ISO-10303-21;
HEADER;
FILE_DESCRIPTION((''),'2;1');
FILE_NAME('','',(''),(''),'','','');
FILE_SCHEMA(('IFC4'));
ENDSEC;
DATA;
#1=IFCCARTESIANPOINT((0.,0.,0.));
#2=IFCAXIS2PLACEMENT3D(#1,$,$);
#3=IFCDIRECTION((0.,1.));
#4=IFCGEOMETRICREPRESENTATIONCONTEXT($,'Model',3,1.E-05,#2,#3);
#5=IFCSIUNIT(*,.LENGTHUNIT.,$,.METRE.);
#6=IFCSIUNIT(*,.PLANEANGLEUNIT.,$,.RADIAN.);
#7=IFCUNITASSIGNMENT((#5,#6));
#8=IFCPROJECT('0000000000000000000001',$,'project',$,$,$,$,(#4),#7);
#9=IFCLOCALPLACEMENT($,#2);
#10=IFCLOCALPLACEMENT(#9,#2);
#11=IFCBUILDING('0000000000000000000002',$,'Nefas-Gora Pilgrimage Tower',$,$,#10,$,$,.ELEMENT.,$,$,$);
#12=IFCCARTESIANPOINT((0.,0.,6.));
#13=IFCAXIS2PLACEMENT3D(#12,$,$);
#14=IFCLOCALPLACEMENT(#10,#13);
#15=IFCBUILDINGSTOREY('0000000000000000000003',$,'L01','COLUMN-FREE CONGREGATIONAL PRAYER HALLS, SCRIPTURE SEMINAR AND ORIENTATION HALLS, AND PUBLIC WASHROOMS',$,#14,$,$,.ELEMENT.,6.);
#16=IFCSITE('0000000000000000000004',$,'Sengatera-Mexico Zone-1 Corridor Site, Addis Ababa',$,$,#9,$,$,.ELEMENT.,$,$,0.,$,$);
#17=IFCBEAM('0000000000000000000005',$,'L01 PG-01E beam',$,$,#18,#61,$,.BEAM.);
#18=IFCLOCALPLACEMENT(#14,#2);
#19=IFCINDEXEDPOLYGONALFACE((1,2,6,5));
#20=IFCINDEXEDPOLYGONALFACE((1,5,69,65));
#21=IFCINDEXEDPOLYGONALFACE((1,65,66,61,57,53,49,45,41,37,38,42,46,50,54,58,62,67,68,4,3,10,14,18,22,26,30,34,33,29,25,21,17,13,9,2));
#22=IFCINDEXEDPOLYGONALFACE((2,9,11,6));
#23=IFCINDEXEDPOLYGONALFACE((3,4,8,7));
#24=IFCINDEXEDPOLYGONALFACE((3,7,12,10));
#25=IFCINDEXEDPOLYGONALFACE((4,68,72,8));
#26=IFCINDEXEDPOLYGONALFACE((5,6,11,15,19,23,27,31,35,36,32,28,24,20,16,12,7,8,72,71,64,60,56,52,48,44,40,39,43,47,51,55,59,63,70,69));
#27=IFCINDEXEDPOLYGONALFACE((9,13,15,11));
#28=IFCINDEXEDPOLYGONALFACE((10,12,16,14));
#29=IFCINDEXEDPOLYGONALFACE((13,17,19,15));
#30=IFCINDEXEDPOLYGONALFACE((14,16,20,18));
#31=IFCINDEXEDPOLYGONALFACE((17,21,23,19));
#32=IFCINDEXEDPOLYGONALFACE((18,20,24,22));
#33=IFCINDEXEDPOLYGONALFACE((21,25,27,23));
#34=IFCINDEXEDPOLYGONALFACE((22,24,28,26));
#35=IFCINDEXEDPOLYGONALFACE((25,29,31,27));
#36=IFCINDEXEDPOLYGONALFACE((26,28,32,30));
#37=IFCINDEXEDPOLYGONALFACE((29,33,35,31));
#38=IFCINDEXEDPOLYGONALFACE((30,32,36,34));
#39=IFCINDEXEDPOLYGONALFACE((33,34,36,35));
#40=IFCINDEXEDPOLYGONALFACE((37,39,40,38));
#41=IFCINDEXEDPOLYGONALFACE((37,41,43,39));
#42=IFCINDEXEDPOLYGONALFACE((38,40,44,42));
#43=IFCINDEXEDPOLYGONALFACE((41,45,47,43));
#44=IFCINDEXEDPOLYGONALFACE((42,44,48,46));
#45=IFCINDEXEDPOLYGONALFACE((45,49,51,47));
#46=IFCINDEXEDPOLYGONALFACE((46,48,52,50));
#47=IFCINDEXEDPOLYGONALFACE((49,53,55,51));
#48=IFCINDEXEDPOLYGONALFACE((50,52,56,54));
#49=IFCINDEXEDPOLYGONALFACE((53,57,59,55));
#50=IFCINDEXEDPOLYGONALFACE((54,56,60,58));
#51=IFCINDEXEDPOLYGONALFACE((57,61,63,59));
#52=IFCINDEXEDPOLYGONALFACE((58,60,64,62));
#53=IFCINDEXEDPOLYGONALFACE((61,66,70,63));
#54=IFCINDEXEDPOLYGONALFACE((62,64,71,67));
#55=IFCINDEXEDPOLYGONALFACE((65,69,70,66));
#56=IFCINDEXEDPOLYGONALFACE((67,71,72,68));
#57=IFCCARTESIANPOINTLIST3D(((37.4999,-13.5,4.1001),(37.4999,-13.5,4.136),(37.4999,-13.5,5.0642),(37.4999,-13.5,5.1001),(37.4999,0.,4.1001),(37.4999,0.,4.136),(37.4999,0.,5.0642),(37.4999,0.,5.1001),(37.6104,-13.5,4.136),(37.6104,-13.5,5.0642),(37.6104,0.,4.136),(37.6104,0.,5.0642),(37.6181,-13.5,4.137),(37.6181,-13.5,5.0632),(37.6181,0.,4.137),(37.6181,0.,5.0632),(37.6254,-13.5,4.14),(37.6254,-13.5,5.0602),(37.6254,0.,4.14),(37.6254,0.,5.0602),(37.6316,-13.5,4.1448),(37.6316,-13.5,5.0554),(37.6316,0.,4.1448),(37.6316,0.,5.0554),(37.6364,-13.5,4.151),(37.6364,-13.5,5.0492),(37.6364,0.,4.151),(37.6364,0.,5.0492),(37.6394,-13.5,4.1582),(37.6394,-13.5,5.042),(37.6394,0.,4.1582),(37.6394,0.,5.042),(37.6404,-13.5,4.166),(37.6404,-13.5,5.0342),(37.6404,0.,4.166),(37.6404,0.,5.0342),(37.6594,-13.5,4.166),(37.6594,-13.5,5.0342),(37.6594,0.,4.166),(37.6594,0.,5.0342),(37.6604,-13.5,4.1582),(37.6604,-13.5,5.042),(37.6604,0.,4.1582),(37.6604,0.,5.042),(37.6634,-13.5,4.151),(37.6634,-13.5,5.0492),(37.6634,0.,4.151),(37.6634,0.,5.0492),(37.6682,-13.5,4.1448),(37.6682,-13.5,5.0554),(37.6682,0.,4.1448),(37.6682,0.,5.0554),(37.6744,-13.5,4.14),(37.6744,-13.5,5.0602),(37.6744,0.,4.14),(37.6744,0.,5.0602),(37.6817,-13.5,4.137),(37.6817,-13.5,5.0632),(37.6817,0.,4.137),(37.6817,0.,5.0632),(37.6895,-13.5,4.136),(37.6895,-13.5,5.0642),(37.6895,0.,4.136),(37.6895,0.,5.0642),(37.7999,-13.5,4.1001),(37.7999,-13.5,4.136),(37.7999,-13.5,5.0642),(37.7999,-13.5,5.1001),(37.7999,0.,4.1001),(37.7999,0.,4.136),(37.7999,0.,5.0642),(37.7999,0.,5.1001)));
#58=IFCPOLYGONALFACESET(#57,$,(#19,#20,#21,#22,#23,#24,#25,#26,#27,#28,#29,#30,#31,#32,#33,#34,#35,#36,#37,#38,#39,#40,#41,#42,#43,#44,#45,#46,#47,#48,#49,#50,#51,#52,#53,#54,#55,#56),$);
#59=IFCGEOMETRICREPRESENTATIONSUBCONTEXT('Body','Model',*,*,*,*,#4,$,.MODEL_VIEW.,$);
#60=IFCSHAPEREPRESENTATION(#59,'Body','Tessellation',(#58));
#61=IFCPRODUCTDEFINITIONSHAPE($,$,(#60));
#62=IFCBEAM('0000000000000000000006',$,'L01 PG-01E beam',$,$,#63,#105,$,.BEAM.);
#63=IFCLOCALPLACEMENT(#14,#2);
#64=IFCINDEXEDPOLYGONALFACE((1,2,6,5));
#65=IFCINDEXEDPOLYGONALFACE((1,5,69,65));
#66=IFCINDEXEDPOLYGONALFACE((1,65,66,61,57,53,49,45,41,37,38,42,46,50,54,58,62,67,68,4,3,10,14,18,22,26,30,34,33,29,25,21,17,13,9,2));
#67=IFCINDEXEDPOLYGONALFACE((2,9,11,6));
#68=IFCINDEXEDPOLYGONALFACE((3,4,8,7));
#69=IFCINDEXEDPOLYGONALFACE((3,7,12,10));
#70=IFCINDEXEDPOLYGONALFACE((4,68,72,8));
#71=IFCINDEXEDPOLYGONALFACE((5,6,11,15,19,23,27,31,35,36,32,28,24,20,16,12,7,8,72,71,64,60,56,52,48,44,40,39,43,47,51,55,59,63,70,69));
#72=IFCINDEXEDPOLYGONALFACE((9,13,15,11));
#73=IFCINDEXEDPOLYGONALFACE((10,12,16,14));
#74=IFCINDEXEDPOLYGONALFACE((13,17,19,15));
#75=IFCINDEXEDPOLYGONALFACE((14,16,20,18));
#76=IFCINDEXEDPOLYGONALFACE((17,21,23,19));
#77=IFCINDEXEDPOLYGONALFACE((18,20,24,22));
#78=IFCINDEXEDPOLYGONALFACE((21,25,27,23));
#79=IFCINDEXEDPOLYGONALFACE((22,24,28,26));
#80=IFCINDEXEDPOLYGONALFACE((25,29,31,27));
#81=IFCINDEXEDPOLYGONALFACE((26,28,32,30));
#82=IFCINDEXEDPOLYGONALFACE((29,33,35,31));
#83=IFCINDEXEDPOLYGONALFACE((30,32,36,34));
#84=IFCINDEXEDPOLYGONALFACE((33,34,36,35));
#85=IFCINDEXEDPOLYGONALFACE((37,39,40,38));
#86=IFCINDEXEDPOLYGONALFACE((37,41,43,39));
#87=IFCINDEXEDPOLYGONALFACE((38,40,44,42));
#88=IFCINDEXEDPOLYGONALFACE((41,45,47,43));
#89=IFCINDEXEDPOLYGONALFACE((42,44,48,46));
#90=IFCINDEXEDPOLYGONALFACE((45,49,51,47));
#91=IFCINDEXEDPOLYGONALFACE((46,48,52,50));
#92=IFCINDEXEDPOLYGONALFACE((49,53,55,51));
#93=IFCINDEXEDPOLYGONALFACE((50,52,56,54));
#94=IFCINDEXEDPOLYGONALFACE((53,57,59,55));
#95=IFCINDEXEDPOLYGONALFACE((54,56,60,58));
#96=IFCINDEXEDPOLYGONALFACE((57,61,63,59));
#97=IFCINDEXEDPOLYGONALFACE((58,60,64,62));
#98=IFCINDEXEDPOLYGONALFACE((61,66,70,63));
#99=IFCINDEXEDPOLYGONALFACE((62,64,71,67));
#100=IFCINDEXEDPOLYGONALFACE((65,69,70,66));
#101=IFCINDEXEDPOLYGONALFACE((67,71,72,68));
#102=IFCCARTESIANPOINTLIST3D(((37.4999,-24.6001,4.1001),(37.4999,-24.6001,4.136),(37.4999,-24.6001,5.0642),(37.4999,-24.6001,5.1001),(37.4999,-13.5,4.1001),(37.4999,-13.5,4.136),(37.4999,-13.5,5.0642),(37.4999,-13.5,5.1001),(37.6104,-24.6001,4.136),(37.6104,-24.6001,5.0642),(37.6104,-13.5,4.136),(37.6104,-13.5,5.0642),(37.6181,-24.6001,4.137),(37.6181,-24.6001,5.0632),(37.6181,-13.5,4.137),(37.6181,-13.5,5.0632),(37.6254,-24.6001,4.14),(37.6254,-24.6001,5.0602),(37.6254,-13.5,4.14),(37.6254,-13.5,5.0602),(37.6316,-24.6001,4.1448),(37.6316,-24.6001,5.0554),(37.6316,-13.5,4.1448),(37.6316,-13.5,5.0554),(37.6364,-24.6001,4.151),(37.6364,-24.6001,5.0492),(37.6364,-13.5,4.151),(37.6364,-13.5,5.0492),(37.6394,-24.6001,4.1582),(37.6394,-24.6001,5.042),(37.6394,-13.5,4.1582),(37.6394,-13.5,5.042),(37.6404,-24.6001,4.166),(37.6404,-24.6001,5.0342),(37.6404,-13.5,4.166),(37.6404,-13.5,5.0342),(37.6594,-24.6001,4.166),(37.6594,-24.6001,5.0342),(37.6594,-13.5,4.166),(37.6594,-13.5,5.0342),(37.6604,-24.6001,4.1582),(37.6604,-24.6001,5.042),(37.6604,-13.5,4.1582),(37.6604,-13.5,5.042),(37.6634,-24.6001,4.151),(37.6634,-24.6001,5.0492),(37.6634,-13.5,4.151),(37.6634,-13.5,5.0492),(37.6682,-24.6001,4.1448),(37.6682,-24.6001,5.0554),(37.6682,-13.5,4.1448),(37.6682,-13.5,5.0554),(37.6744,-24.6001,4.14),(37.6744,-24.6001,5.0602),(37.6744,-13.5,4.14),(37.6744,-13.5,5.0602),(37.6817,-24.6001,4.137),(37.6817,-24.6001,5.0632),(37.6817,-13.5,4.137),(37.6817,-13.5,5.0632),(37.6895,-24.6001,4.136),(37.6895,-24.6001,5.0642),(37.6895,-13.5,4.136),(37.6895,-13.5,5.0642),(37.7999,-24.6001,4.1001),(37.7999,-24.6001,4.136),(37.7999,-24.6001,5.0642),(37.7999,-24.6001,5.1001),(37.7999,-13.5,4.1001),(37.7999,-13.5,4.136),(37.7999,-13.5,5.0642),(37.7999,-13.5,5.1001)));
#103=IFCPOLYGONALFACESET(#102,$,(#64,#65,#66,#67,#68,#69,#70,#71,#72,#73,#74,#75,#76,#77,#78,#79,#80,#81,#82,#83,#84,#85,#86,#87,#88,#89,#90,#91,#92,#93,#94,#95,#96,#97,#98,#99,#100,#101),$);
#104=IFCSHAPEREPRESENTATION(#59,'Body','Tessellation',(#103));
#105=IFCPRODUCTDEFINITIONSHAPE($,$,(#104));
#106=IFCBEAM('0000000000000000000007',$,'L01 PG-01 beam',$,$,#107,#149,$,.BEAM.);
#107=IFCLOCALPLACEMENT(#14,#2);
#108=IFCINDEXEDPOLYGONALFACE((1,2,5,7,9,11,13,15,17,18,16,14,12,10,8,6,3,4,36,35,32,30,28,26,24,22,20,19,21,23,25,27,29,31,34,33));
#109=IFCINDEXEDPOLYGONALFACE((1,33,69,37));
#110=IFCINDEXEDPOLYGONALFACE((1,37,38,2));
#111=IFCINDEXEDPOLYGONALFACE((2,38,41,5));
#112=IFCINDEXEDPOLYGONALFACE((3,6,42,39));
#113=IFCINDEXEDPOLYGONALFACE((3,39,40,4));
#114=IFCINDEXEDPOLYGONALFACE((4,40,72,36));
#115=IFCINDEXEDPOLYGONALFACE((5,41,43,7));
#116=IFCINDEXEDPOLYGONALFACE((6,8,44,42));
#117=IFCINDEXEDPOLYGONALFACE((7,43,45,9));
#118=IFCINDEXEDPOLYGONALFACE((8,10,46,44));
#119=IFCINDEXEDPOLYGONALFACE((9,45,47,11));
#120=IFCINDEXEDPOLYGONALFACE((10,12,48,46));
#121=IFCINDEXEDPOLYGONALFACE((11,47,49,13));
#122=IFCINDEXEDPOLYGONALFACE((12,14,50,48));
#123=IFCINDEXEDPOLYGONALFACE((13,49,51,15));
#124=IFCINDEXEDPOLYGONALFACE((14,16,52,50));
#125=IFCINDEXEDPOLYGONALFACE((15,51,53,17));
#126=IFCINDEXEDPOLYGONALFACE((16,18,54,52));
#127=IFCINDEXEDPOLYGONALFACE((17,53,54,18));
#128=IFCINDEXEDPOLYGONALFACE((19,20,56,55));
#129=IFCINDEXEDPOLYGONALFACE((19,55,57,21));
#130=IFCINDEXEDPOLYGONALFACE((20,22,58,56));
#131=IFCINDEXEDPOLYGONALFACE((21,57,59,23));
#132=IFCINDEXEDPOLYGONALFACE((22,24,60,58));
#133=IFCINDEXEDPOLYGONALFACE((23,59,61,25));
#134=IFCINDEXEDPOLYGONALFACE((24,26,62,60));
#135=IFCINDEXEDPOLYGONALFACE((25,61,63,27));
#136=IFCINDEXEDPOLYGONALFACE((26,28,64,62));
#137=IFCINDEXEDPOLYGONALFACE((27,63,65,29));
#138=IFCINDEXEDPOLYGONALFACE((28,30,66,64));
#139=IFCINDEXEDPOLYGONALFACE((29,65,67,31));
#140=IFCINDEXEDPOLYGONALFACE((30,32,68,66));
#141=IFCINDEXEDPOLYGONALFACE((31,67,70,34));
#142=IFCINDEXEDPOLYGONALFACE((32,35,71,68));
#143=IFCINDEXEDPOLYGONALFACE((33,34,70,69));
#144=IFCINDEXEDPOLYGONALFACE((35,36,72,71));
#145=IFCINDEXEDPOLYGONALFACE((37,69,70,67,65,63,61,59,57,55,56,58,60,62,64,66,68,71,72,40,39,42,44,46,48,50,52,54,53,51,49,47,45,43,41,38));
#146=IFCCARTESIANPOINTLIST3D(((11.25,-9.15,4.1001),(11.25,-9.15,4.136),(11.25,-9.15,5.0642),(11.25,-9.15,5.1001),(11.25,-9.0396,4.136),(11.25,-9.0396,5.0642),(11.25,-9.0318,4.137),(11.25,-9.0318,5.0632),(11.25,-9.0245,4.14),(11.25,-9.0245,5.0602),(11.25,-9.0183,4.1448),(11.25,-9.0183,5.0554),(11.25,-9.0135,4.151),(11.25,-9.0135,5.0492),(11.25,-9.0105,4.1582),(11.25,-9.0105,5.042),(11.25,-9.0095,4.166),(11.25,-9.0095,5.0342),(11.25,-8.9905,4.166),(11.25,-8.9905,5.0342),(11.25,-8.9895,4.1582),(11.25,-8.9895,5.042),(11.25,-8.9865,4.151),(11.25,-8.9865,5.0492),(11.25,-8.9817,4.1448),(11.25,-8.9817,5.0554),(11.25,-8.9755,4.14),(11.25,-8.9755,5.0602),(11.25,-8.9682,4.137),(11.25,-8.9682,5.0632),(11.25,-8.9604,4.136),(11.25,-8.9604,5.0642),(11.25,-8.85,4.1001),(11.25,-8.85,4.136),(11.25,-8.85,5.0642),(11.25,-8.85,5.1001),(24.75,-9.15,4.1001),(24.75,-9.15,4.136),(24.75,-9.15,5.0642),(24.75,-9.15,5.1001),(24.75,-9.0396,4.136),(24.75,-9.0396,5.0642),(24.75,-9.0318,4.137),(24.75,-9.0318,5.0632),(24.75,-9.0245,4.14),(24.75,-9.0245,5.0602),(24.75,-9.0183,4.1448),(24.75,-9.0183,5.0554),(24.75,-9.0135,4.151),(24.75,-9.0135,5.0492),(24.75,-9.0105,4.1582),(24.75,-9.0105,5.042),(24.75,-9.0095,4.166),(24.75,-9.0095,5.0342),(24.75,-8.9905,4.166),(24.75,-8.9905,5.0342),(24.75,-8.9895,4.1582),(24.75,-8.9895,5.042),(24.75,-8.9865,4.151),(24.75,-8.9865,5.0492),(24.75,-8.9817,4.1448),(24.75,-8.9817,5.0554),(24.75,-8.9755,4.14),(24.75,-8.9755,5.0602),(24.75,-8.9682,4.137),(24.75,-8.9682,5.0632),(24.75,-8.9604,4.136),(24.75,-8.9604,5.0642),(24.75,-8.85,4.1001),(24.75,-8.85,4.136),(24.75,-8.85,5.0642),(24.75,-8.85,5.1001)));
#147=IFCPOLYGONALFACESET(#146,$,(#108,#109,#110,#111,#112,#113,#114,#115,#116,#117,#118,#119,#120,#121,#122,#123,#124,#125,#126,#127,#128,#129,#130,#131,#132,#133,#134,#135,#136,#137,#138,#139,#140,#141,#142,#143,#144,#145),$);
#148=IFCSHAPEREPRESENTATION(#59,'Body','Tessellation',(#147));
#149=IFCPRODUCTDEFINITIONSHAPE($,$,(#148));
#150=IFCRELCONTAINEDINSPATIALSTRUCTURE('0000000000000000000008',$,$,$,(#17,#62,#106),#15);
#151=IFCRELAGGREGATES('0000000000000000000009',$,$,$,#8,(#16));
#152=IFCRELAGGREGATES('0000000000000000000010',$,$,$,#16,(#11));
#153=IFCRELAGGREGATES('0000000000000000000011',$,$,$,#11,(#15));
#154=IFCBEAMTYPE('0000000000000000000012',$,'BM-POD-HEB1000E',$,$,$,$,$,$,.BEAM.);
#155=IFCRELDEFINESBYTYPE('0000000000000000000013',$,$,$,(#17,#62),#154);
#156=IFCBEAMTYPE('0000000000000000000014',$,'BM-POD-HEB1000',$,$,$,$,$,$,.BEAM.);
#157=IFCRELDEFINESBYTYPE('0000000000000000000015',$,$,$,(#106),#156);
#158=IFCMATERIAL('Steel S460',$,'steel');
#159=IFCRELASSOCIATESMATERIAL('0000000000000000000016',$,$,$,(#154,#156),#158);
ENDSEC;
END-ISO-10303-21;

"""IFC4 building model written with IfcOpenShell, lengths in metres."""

from ifc_helpers import new_model, si_unit, direction, frame, origin, origin_2d, place, context, subcontext, project, spatial, i_section, extrude, source, transform, mapped, material, material_profile, profile_set, type_object, element, save


model = new_model("IFC4")

# Units and contexts
model_context = context("Model", 3, precision=1e-05, world=origin(), true_north=direction((0.0, 1.0)))
body_context = subcontext(model_context, "Body", "Model", "MODEL_VIEW")
ifc_project = project(units=[si_unit("LENGTHUNIT", "METRE"), si_unit("PLANEANGLEUNIT", "RADIAN")], contexts=[model_context])

# Site, building, storey
site_placement = place(None, origin())
site = spatial("IfcSite", under=ifc_project, at=site_placement, Name="Sengatera-Mexico Zone-1 Corridor Site, Addis Ababa", CompositionType="ELEMENT", RefElevation=0.0)
building_placement = place(site_placement, origin())
building = spatial("IfcBuilding", under=site, at=building_placement, Name="Nefas-Gora Pilgrimage Tower", CompositionType="ELEMENT")
storey_placement = place(building_placement, frame((0.0, 0.0, 6.0)))
storey = spatial("IfcBuildingStorey", under=building, at=storey_placement, Name="L01", Description="COLUMN-FREE CONGREGATIONAL PRAYER HALLS, SCRIPTURE SEMINAR AND ORIENTATION HALLS, AND PUBLIC WASHROOMS", CompositionType="ELEMENT", Elevation=6.0)

# Shared definitions
ifc_material_1 = material(Name="Steel S460", Category="steel")

# Beams
ifc_material_profile_1 = material_profile(ifc_material_1, i_section(OverallWidth=0.3, OverallDepth=1.0, WebThickness=0.019, FlangeThickness=0.0359, FilletRadius=0.03, at=origin_2d()), Name="HEB 1000")
ifc_profile_set_1 = profile_set([ifc_material_profile_1], Name="Steel S460")
beam_type_1 = type_object("IfcBeamType", Name="BM-POD-HEB1000E", PredefinedType="BEAM", material=ifc_profile_set_1)
shared_shape_1 = source(origin(), body_context, "Body", "SweptSolid", [
    extrude(i_section(OverallWidth=0.3, OverallDepth=1.0, WebThickness=0.019, FlangeThickness=0.0359, FilletRadius=0.03, at=origin_2d()), origin(), (0.0, 0.0, 1.0), 13.5),
])
beam_1_placement = place(storey_placement, frame((37.6499, -13.5, 4.6001), z_axis=(0.0, 1.0, 0.0), x_axis=(-1.0, 0.0, 0.0)))
element("IfcBeam", 1, at=beam_1_placement, inside=storey, type_object=beam_type_1, Name="L01 PG-01E beam", PredefinedType="BEAM", context=body_context, shape_type="MappedRepresentation", body=[
    mapped(shared_shape_1, transform((0.0, 0.0, 0.0), x_axis=(1.0, 0.0, 0.0), y_axis=(0.0, 1.0, 0.0), z_axis=(0.0, 0.0, 1.0), scale=1.0)),
])
shared_shape_2 = source(origin(), body_context, "Body", "SweptSolid", [
    extrude(i_section(OverallWidth=0.3, OverallDepth=1.0, WebThickness=0.019, FlangeThickness=0.0359, FilletRadius=0.03, at=origin_2d()), origin(), (0.0, 0.0, 1.0), 11.1001),
])
beam_2_placement = place(storey_placement, frame((37.6499, -24.6001, 4.6001), z_axis=(0.0, 1.0, 0.0), x_axis=(-1.0, 0.0, 0.0)))
element("IfcBeam", 2, at=beam_2_placement, inside=storey, type_object=beam_type_1, Name="L01 PG-01E beam", PredefinedType="BEAM", context=body_context, shape_type="MappedRepresentation", body=[
    mapped(shared_shape_2, transform((0.0, 0.0, 0.0), x_axis=(1.0, 0.0, 0.0), y_axis=(0.0, 1.0, 0.0), z_axis=(0.0, 0.0, 1.0), scale=1.0)),
])
ifc_material_profile_2 = material_profile(ifc_material_1, i_section(OverallWidth=0.3, OverallDepth=1.0, WebThickness=0.019, FlangeThickness=0.0359, FilletRadius=0.03, at=origin_2d()), Name="HEB 1000")
ifc_profile_set_2 = profile_set([ifc_material_profile_2], Name="Steel S460")
beam_type_2 = type_object("IfcBeamType", Name="BM-POD-HEB1000", PredefinedType="BEAM", material=ifc_profile_set_2)
shared_shape_3 = source(origin(), body_context, "Body", "SweptSolid", [
    extrude(i_section(OverallWidth=0.3, OverallDepth=1.0, WebThickness=0.019, FlangeThickness=0.0359, FilletRadius=0.03, at=origin_2d()), origin(), (0.0, 0.0, 1.0), 13.5),
])
beam_3_placement = place(storey_placement, frame((11.25, -9.0, 4.6001), z_axis=(1.0, 0.0, 0.0), x_axis=(0.0, 1.0, 0.0)))
element("IfcBeam", 3, at=beam_3_placement, inside=storey, type_object=beam_type_2, Name="L01 PG-01 beam", PredefinedType="BEAM", context=body_context, shape_type="MappedRepresentation", body=[
    mapped(shared_shape_3, transform((0.0, 0.0, 0.0), x_axis=(1.0, 0.0, 0.0), y_axis=(0.0, 1.0, 0.0), z_axis=(0.0, 0.0, 1.0), scale=1.0)),
])

save(model, "model.ifc")
